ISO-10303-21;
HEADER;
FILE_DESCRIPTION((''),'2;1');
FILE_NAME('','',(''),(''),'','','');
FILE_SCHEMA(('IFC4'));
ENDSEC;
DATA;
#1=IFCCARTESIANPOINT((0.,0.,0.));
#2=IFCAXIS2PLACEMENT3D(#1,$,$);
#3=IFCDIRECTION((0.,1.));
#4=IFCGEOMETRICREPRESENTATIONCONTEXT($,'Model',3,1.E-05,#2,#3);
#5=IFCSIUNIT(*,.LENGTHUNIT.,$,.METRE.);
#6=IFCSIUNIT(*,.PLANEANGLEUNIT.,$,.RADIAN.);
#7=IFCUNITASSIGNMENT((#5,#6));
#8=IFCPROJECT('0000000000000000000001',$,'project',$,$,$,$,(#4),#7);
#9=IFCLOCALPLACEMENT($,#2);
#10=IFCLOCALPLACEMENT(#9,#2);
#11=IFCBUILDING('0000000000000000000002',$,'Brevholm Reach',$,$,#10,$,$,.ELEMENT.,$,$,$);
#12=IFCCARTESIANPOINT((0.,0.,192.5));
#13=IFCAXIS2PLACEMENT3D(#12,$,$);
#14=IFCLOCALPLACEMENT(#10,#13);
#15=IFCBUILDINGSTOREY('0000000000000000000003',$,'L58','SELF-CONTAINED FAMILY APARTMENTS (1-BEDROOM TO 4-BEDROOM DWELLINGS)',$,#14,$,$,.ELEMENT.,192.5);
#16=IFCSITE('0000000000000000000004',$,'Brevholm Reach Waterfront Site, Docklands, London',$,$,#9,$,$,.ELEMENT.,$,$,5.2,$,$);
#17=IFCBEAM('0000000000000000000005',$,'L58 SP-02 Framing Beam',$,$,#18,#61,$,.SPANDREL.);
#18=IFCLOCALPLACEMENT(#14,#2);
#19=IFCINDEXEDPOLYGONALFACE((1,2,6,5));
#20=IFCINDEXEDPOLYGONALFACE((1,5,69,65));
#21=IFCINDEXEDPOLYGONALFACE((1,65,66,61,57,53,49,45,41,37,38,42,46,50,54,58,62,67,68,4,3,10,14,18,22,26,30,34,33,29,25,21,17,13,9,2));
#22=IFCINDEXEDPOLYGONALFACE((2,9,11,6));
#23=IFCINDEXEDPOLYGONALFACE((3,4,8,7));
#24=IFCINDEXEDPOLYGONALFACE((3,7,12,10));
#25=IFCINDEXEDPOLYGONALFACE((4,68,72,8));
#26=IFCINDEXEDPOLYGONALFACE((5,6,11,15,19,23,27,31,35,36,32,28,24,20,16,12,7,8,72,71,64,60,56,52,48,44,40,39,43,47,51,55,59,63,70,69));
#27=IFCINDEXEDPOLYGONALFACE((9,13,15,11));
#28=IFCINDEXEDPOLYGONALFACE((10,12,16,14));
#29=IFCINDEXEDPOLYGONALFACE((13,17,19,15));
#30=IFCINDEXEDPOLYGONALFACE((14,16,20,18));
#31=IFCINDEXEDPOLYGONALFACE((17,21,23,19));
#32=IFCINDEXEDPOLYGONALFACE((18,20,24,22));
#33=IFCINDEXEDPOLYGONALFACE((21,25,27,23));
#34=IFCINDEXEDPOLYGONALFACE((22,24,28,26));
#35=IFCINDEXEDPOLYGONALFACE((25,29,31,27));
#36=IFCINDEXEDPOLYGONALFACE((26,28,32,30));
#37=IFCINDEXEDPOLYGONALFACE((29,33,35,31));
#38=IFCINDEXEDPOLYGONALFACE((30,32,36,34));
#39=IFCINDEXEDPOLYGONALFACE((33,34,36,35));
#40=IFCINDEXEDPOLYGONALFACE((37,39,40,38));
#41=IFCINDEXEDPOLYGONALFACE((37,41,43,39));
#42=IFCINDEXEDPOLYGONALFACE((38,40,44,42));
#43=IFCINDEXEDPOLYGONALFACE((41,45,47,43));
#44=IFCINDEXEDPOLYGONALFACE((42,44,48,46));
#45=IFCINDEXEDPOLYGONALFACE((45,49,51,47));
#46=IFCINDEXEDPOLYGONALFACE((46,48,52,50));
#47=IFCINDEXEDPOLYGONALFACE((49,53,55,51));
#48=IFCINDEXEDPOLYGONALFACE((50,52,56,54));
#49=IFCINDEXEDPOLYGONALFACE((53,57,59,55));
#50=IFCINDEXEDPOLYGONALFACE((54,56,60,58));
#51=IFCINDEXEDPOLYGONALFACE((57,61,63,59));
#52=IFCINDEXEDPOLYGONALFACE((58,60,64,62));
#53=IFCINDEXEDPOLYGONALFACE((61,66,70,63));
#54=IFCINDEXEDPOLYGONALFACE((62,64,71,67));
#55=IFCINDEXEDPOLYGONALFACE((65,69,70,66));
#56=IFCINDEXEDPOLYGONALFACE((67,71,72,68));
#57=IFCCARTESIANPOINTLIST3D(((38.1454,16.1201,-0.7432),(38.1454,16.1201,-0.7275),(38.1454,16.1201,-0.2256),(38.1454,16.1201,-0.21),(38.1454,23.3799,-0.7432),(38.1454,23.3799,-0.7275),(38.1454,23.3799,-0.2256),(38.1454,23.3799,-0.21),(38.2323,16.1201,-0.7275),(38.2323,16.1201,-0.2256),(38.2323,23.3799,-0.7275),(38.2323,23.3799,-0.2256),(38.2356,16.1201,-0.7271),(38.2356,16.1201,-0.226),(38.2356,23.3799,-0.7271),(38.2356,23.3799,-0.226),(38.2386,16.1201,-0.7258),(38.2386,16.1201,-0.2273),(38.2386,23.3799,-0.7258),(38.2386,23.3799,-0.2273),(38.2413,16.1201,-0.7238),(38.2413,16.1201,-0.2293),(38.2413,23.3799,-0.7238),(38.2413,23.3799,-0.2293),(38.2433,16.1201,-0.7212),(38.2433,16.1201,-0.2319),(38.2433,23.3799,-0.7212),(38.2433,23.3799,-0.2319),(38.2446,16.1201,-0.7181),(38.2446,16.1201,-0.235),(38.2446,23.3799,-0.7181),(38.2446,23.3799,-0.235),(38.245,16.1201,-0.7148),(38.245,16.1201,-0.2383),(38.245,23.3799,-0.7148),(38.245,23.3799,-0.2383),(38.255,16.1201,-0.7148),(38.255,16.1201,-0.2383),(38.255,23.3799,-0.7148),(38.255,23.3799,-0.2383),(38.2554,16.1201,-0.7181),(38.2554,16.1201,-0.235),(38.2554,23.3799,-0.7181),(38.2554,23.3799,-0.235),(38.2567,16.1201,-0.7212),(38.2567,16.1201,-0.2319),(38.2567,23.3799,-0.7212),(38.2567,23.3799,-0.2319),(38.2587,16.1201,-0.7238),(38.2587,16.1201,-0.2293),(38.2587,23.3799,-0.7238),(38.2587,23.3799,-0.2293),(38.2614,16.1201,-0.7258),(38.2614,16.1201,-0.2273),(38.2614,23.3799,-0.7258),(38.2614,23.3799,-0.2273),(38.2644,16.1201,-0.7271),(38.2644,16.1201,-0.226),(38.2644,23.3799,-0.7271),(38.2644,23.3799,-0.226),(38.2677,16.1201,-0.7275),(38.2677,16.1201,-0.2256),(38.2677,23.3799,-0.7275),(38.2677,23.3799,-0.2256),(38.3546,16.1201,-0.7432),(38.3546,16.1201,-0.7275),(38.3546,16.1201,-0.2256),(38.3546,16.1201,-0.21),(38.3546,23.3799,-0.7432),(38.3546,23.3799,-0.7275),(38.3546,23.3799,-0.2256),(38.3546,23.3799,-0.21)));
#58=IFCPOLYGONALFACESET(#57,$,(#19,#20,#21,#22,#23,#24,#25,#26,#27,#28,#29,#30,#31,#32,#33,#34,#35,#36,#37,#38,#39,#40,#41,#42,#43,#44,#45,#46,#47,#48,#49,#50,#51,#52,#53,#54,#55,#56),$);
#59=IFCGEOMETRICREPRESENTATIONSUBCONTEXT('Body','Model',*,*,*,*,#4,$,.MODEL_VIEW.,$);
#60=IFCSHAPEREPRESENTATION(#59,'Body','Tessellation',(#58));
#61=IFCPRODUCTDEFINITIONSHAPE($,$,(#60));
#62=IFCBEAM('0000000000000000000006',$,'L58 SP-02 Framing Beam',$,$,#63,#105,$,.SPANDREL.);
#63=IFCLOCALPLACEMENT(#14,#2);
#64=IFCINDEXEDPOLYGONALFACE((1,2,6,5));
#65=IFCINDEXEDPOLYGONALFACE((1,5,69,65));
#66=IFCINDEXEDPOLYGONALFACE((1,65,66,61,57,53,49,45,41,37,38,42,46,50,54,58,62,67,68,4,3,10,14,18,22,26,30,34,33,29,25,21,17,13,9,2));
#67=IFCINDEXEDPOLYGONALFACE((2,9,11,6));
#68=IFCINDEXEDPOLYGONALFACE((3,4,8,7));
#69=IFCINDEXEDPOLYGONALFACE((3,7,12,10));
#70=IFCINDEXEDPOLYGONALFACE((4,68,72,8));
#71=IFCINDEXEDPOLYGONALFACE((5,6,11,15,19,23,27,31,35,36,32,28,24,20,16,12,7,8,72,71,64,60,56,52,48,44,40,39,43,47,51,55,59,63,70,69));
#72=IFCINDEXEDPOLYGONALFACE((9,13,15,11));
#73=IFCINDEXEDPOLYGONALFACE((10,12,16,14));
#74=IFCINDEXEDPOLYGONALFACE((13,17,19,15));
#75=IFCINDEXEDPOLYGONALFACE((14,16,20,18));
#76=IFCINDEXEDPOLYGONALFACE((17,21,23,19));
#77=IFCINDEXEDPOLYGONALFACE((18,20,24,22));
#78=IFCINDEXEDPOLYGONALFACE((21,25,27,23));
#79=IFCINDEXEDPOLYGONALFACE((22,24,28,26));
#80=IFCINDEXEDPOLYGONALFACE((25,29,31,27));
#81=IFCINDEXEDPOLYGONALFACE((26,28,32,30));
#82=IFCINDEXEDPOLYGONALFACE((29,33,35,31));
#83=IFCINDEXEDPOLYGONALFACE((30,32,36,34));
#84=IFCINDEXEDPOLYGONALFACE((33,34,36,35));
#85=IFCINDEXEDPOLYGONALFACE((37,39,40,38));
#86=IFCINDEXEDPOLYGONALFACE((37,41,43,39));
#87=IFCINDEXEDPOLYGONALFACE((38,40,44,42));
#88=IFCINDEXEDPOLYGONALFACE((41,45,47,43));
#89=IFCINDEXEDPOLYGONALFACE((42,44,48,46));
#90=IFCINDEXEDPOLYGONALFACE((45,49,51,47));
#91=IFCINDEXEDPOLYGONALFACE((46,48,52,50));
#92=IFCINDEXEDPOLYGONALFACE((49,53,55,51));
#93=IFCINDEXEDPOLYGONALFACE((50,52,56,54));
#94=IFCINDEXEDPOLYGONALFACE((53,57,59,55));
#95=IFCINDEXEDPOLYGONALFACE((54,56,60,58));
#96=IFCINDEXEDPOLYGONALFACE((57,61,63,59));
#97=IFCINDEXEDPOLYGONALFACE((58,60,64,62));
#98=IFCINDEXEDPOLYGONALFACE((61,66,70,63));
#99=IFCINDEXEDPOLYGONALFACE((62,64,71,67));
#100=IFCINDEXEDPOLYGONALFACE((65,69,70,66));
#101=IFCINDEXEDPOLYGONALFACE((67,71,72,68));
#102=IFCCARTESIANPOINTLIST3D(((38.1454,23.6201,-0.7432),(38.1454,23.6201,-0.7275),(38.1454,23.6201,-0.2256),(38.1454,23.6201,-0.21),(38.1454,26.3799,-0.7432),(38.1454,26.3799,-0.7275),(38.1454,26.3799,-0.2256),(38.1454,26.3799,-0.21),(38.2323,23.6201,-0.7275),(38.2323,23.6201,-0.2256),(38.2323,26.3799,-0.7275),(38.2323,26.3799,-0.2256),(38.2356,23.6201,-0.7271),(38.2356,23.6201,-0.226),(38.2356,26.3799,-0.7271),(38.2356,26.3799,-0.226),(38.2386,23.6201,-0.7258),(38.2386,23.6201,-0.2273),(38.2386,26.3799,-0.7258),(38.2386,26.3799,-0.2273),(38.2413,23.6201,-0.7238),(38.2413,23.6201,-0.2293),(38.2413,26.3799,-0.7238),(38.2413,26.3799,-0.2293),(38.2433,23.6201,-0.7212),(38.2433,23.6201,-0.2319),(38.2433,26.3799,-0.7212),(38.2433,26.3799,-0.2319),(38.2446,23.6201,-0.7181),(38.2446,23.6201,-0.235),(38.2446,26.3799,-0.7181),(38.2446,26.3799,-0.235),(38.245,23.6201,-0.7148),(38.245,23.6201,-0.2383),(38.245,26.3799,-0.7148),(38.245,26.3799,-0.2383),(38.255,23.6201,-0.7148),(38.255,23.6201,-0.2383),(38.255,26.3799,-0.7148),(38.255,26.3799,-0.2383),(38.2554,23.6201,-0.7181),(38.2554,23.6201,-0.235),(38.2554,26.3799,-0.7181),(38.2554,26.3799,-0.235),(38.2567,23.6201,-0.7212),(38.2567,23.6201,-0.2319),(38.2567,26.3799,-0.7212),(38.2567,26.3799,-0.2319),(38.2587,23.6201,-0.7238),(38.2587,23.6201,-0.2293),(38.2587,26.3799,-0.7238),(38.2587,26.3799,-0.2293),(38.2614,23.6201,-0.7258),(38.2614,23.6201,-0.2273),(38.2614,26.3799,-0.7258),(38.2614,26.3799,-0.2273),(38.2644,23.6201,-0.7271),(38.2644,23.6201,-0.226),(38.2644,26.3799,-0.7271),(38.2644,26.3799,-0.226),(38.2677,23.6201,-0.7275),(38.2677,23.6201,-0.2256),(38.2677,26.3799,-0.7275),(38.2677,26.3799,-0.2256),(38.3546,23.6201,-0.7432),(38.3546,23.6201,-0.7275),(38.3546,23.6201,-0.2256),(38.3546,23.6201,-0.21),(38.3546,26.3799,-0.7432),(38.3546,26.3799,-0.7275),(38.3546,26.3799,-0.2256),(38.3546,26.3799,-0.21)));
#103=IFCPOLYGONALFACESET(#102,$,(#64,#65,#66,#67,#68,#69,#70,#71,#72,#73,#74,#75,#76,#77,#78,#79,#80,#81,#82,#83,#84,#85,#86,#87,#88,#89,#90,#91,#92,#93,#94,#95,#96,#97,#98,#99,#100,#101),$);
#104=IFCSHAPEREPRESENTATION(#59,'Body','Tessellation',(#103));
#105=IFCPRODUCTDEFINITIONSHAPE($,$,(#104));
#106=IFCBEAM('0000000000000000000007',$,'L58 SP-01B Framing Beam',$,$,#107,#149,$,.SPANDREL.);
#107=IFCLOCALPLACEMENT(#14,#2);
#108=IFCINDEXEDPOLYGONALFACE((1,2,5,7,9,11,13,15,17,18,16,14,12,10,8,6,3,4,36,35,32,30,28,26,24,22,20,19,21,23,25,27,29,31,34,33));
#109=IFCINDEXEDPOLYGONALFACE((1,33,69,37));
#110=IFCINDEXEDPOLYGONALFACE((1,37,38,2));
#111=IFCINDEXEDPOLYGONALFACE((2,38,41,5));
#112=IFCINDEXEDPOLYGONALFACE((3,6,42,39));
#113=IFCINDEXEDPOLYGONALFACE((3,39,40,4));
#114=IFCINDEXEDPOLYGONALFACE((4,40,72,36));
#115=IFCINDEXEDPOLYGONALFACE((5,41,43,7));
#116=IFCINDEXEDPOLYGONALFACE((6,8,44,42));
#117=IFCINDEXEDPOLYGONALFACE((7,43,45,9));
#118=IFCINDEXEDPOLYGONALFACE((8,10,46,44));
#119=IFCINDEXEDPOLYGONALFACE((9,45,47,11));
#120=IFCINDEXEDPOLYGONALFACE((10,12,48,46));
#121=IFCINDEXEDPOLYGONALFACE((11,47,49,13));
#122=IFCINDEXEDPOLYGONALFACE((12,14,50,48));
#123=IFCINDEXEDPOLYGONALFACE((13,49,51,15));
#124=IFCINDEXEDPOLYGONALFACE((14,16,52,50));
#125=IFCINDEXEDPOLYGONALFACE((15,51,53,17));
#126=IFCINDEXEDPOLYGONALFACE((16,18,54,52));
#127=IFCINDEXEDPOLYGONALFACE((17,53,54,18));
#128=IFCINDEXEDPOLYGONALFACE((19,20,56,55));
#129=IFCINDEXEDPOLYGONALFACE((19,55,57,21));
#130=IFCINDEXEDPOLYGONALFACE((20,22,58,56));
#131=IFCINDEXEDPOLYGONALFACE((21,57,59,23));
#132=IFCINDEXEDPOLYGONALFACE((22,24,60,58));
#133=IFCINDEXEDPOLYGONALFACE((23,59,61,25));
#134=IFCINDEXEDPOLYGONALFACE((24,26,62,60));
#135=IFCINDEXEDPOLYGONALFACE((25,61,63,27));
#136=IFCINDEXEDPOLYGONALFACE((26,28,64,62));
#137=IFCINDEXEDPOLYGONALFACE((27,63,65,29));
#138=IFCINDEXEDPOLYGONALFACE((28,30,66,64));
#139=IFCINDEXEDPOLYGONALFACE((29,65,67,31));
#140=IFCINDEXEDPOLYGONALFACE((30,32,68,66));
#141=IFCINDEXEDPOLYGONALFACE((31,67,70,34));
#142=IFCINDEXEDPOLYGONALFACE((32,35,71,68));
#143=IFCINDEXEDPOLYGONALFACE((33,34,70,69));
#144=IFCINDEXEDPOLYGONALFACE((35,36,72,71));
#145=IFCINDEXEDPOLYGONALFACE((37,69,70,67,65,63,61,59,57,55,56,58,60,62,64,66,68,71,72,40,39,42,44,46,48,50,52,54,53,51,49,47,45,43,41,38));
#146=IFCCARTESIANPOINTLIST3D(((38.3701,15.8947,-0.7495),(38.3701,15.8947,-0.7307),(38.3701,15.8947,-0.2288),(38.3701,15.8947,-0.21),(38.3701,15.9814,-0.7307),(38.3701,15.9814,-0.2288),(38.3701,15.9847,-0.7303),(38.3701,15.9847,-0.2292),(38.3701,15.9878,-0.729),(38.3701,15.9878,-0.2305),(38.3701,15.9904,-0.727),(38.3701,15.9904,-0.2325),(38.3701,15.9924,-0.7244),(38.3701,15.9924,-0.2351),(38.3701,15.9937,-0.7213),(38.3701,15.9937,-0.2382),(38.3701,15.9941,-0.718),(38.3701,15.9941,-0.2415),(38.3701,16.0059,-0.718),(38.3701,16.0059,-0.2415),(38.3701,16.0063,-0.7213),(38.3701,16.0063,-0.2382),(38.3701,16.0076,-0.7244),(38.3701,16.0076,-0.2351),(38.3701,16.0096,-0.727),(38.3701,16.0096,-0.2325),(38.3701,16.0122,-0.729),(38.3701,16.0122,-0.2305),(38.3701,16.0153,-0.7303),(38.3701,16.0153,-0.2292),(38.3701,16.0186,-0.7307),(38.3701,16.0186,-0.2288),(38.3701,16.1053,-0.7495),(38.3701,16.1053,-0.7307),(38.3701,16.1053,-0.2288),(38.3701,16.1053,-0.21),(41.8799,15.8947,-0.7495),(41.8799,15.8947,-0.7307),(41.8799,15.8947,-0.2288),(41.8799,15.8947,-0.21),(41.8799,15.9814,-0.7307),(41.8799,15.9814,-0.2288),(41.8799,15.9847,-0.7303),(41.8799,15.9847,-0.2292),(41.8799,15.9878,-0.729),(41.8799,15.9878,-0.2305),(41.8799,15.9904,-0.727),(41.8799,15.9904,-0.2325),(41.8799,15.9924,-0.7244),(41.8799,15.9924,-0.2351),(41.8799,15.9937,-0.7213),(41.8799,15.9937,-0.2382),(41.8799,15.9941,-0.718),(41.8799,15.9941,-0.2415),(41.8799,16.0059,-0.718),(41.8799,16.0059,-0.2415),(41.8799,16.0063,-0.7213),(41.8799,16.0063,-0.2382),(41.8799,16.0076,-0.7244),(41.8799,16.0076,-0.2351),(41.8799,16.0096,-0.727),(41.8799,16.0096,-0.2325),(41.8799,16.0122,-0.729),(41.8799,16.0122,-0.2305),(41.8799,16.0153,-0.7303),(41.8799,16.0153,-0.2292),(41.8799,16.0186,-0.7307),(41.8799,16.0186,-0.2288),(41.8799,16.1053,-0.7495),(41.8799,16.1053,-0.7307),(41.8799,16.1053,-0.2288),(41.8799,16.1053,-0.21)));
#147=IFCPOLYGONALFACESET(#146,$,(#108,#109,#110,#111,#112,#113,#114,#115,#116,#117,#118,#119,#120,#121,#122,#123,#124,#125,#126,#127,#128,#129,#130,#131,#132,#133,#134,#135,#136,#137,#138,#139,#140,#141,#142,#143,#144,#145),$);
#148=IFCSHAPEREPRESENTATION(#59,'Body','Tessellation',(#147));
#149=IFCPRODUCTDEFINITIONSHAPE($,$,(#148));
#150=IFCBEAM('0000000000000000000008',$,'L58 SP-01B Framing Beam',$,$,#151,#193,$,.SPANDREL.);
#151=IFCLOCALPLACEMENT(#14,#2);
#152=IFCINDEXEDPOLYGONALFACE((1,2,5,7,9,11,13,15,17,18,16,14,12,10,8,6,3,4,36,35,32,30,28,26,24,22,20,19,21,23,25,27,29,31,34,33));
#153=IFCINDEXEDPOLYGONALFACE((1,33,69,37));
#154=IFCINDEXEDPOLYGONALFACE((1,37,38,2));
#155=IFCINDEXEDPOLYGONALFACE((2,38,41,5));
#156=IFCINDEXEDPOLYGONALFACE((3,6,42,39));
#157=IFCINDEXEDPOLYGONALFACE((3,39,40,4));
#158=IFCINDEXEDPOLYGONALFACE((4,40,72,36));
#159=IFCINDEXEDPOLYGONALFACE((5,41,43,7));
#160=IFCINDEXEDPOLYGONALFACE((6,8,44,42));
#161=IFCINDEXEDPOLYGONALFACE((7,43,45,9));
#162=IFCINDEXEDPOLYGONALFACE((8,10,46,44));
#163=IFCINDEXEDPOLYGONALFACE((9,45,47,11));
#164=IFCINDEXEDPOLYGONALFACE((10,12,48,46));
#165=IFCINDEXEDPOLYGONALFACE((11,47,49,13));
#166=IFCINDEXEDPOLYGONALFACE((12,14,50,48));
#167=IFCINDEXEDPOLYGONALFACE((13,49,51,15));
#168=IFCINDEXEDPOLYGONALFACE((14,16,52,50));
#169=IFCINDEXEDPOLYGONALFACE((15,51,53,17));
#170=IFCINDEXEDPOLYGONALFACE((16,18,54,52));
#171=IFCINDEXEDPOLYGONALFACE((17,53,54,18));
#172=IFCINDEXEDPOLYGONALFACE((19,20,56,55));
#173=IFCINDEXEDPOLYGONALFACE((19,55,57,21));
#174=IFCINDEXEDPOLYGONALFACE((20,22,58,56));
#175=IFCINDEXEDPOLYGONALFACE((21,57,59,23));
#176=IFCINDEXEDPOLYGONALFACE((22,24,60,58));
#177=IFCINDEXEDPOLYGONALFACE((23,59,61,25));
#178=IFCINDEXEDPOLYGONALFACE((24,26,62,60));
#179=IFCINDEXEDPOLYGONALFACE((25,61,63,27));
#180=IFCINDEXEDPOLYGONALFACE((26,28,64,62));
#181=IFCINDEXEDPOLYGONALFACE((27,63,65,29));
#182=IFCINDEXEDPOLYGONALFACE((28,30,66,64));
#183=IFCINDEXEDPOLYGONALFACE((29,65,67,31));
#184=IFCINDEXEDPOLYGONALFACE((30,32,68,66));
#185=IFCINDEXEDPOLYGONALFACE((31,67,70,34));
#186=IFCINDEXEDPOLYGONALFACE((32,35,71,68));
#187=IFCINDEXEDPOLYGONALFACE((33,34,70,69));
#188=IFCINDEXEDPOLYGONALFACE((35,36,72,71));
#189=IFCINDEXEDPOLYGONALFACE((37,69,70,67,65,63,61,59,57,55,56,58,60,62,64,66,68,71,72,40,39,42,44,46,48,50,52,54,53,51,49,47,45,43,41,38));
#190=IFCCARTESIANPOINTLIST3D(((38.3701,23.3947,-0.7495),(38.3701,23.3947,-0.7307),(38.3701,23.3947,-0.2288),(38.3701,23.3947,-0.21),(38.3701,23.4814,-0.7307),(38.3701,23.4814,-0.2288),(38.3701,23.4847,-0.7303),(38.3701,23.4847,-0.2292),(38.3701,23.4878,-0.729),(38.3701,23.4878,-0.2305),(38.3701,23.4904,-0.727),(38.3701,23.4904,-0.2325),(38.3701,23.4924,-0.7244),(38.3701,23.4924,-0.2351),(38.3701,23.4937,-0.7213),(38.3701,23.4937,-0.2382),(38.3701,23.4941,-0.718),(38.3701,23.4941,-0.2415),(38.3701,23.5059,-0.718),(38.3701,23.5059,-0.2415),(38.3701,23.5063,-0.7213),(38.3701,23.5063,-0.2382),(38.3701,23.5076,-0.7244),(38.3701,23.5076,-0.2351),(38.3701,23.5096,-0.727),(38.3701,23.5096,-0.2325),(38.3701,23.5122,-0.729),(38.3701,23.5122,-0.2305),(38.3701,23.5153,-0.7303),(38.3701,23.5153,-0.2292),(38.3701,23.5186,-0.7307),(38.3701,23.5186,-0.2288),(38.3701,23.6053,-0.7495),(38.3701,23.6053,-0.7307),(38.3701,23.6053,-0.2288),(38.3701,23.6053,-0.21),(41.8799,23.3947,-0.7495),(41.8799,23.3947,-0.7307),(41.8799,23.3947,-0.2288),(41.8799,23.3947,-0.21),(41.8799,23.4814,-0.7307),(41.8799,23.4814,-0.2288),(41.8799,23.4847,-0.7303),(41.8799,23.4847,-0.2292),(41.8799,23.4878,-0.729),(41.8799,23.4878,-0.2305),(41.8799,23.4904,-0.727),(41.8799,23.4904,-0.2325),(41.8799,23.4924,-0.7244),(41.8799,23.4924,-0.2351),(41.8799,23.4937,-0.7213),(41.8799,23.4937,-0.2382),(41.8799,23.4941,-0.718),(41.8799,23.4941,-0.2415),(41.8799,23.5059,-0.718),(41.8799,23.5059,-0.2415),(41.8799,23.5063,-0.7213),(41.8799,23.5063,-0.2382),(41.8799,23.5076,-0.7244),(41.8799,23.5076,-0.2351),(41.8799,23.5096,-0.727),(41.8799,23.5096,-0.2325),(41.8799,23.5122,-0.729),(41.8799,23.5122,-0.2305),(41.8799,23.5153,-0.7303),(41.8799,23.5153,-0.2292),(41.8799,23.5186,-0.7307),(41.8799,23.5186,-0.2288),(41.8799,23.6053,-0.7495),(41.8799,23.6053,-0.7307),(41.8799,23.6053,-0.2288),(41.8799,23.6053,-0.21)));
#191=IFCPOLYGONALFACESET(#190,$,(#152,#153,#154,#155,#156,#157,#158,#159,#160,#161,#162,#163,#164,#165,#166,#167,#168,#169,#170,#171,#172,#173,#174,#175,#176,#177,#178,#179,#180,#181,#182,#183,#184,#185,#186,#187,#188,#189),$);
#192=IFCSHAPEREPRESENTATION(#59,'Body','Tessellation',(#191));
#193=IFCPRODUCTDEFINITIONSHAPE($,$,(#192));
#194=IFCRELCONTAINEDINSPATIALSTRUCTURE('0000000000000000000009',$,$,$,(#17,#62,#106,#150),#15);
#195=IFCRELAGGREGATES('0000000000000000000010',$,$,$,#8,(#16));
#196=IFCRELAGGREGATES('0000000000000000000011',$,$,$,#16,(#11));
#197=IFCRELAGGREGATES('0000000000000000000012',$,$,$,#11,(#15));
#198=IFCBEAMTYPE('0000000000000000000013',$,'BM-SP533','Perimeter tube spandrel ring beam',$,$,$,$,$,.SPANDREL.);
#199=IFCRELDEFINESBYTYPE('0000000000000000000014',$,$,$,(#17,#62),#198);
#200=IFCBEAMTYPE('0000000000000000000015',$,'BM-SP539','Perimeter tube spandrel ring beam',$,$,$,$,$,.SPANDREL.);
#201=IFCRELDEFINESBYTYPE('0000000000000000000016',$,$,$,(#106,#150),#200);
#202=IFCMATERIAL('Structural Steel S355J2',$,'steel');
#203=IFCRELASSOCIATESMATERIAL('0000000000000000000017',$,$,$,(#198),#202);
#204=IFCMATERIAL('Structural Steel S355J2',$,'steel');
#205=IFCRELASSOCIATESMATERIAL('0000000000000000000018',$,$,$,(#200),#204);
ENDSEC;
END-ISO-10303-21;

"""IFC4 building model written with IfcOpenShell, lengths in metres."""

from ifc_helpers import new_model, si_unit, direction, frame, origin, origin_2d, place, context, subcontext, project, spatial, i_section, extrude, material, material_profile, profile_set, type_object, element, save


model = new_model("IFC4")

# Units and contexts
model_context = context("Model", 3, precision=1e-05, world=origin(), true_north=direction((0.0, 1.0)))
body_context = subcontext(model_context, "Body", "Model", "MODEL_VIEW")
ifc_project = project(units=[si_unit("LENGTHUNIT", "METRE"), si_unit("PLANEANGLEUNIT", "RADIAN")], contexts=[model_context])

# Site, building, storey
site_placement = place(None, origin())
site = spatial("IfcSite", under=ifc_project, at=site_placement, Name="Brevholm Reach Waterfront Site, Docklands, London", CompositionType="ELEMENT", RefElevation=5.2)
building_placement = place(site_placement, origin())
building = spatial("IfcBuilding", under=site, at=building_placement, Name="Brevholm Reach", CompositionType="ELEMENT")
storey_placement = place(building_placement, frame((0.0, 0.0, 192.5)))
storey = spatial("IfcBuildingStorey", under=building, at=storey_placement, Name="L58", Description="SELF-CONTAINED FAMILY APARTMENTS (1-BEDROOM TO 4-BEDROOM DWELLINGS)", CompositionType="ELEMENT", Elevation=192.5)

# Beams
ifc_material_1 = material(Name="Structural Steel S355J2", Category="steel")
ifc_material_profile_1 = material_profile(ifc_material_1, i_section(OverallWidth=0.2092, OverallDepth=0.5332, WebThickness=0.01, FlangeThickness=0.0156, FilletRadius=0.0127, at=origin_2d()), Name="UKB 533x210x92")
ifc_profile_set_1 = profile_set([ifc_material_profile_1], Name="Structural Steel S355J2")
beam_type_1 = type_object("IfcBeamType", Name="BM-SP533", Description="Perimeter tube spandrel ring beam", PredefinedType="SPANDREL", material=ifc_profile_set_1)
beam_1_placement = place(storey_placement, frame((38.25, 16.1201, -0.4766), z_axis=(0.0, 1.0, 0.0), x_axis=(-1.0, 0.0, 0.0)))
element("IfcBeam", 1, at=beam_1_placement, inside=storey, type_object=beam_type_1, Name="L58 SP-02 Framing Beam", PredefinedType="SPANDREL", context=body_context, shape_type="SweptSolid", body=[
    extrude(i_section(OverallWidth=0.2092, OverallDepth=0.5332, WebThickness=0.01, FlangeThickness=0.0156, FilletRadius=0.0127, at=origin_2d()), origin(), (0.0, 0.0, 1.0), 7.2598),
])
beam_2_placement = place(storey_placement, frame((38.25, 23.6201, -0.4766), z_axis=(0.0, 1.0, 0.0), x_axis=(-1.0, 0.0, 0.0)))
element("IfcBeam", 2, at=beam_2_placement, inside=storey, type_object=beam_type_1, Name="L58 SP-02 Framing Beam", PredefinedType="SPANDREL", context=body_context, shape_type="SweptSolid", body=[
    extrude(i_section(OverallWidth=0.2092, OverallDepth=0.5332, WebThickness=0.01, FlangeThickness=0.0156, FilletRadius=0.0127, at=origin_2d()), origin(), (0.0, 0.0, 1.0), 2.7598),
])
ifc_material_2 = material(Name="Structural Steel S355J2", Category="steel")
ifc_material_profile_2 = material_profile(ifc_material_2, i_section(OverallWidth=0.2107, OverallDepth=0.5396, WebThickness=0.0117, FlangeThickness=0.0188, FilletRadius=0.0127, at=origin_2d()), Name="UKB 533x210x109")
ifc_profile_set_2 = profile_set([ifc_material_profile_2], Name="Structural Steel S355J2")
beam_type_2 = type_object("IfcBeamType", Name="BM-SP539", Description="Perimeter tube spandrel ring beam", PredefinedType="SPANDREL", material=ifc_profile_set_2)
for number, where, z_axis, x_axis, name in (
    (3, (38.3701, 16.0, -0.4797), (1.0, 0.0, 0.0), (0.0, 1.0, 0.0), "L58 SP-01B Framing Beam"),
    (4, (38.3701, 23.5, -0.4797), (1.0, 0.0, 0.0), (0.0, 1.0, 0.0), "L58 SP-01B Framing Beam"),
):
    element("IfcBeam", number, at=place(storey_placement, frame(where, z_axis=z_axis, x_axis=x_axis)), inside=storey, type_object=beam_type_2, Name=name, PredefinedType="SPANDREL", context=body_context, shape_type="SweptSolid", body=[
        extrude(i_section(OverallWidth=0.2107, OverallDepth=0.5396, WebThickness=0.0117, FlangeThickness=0.0188, FilletRadius=0.0127, at=origin_2d()), origin(), (0.0, 0.0, 1.0), 3.5098),
    ])

save(model, "model.ifc")
